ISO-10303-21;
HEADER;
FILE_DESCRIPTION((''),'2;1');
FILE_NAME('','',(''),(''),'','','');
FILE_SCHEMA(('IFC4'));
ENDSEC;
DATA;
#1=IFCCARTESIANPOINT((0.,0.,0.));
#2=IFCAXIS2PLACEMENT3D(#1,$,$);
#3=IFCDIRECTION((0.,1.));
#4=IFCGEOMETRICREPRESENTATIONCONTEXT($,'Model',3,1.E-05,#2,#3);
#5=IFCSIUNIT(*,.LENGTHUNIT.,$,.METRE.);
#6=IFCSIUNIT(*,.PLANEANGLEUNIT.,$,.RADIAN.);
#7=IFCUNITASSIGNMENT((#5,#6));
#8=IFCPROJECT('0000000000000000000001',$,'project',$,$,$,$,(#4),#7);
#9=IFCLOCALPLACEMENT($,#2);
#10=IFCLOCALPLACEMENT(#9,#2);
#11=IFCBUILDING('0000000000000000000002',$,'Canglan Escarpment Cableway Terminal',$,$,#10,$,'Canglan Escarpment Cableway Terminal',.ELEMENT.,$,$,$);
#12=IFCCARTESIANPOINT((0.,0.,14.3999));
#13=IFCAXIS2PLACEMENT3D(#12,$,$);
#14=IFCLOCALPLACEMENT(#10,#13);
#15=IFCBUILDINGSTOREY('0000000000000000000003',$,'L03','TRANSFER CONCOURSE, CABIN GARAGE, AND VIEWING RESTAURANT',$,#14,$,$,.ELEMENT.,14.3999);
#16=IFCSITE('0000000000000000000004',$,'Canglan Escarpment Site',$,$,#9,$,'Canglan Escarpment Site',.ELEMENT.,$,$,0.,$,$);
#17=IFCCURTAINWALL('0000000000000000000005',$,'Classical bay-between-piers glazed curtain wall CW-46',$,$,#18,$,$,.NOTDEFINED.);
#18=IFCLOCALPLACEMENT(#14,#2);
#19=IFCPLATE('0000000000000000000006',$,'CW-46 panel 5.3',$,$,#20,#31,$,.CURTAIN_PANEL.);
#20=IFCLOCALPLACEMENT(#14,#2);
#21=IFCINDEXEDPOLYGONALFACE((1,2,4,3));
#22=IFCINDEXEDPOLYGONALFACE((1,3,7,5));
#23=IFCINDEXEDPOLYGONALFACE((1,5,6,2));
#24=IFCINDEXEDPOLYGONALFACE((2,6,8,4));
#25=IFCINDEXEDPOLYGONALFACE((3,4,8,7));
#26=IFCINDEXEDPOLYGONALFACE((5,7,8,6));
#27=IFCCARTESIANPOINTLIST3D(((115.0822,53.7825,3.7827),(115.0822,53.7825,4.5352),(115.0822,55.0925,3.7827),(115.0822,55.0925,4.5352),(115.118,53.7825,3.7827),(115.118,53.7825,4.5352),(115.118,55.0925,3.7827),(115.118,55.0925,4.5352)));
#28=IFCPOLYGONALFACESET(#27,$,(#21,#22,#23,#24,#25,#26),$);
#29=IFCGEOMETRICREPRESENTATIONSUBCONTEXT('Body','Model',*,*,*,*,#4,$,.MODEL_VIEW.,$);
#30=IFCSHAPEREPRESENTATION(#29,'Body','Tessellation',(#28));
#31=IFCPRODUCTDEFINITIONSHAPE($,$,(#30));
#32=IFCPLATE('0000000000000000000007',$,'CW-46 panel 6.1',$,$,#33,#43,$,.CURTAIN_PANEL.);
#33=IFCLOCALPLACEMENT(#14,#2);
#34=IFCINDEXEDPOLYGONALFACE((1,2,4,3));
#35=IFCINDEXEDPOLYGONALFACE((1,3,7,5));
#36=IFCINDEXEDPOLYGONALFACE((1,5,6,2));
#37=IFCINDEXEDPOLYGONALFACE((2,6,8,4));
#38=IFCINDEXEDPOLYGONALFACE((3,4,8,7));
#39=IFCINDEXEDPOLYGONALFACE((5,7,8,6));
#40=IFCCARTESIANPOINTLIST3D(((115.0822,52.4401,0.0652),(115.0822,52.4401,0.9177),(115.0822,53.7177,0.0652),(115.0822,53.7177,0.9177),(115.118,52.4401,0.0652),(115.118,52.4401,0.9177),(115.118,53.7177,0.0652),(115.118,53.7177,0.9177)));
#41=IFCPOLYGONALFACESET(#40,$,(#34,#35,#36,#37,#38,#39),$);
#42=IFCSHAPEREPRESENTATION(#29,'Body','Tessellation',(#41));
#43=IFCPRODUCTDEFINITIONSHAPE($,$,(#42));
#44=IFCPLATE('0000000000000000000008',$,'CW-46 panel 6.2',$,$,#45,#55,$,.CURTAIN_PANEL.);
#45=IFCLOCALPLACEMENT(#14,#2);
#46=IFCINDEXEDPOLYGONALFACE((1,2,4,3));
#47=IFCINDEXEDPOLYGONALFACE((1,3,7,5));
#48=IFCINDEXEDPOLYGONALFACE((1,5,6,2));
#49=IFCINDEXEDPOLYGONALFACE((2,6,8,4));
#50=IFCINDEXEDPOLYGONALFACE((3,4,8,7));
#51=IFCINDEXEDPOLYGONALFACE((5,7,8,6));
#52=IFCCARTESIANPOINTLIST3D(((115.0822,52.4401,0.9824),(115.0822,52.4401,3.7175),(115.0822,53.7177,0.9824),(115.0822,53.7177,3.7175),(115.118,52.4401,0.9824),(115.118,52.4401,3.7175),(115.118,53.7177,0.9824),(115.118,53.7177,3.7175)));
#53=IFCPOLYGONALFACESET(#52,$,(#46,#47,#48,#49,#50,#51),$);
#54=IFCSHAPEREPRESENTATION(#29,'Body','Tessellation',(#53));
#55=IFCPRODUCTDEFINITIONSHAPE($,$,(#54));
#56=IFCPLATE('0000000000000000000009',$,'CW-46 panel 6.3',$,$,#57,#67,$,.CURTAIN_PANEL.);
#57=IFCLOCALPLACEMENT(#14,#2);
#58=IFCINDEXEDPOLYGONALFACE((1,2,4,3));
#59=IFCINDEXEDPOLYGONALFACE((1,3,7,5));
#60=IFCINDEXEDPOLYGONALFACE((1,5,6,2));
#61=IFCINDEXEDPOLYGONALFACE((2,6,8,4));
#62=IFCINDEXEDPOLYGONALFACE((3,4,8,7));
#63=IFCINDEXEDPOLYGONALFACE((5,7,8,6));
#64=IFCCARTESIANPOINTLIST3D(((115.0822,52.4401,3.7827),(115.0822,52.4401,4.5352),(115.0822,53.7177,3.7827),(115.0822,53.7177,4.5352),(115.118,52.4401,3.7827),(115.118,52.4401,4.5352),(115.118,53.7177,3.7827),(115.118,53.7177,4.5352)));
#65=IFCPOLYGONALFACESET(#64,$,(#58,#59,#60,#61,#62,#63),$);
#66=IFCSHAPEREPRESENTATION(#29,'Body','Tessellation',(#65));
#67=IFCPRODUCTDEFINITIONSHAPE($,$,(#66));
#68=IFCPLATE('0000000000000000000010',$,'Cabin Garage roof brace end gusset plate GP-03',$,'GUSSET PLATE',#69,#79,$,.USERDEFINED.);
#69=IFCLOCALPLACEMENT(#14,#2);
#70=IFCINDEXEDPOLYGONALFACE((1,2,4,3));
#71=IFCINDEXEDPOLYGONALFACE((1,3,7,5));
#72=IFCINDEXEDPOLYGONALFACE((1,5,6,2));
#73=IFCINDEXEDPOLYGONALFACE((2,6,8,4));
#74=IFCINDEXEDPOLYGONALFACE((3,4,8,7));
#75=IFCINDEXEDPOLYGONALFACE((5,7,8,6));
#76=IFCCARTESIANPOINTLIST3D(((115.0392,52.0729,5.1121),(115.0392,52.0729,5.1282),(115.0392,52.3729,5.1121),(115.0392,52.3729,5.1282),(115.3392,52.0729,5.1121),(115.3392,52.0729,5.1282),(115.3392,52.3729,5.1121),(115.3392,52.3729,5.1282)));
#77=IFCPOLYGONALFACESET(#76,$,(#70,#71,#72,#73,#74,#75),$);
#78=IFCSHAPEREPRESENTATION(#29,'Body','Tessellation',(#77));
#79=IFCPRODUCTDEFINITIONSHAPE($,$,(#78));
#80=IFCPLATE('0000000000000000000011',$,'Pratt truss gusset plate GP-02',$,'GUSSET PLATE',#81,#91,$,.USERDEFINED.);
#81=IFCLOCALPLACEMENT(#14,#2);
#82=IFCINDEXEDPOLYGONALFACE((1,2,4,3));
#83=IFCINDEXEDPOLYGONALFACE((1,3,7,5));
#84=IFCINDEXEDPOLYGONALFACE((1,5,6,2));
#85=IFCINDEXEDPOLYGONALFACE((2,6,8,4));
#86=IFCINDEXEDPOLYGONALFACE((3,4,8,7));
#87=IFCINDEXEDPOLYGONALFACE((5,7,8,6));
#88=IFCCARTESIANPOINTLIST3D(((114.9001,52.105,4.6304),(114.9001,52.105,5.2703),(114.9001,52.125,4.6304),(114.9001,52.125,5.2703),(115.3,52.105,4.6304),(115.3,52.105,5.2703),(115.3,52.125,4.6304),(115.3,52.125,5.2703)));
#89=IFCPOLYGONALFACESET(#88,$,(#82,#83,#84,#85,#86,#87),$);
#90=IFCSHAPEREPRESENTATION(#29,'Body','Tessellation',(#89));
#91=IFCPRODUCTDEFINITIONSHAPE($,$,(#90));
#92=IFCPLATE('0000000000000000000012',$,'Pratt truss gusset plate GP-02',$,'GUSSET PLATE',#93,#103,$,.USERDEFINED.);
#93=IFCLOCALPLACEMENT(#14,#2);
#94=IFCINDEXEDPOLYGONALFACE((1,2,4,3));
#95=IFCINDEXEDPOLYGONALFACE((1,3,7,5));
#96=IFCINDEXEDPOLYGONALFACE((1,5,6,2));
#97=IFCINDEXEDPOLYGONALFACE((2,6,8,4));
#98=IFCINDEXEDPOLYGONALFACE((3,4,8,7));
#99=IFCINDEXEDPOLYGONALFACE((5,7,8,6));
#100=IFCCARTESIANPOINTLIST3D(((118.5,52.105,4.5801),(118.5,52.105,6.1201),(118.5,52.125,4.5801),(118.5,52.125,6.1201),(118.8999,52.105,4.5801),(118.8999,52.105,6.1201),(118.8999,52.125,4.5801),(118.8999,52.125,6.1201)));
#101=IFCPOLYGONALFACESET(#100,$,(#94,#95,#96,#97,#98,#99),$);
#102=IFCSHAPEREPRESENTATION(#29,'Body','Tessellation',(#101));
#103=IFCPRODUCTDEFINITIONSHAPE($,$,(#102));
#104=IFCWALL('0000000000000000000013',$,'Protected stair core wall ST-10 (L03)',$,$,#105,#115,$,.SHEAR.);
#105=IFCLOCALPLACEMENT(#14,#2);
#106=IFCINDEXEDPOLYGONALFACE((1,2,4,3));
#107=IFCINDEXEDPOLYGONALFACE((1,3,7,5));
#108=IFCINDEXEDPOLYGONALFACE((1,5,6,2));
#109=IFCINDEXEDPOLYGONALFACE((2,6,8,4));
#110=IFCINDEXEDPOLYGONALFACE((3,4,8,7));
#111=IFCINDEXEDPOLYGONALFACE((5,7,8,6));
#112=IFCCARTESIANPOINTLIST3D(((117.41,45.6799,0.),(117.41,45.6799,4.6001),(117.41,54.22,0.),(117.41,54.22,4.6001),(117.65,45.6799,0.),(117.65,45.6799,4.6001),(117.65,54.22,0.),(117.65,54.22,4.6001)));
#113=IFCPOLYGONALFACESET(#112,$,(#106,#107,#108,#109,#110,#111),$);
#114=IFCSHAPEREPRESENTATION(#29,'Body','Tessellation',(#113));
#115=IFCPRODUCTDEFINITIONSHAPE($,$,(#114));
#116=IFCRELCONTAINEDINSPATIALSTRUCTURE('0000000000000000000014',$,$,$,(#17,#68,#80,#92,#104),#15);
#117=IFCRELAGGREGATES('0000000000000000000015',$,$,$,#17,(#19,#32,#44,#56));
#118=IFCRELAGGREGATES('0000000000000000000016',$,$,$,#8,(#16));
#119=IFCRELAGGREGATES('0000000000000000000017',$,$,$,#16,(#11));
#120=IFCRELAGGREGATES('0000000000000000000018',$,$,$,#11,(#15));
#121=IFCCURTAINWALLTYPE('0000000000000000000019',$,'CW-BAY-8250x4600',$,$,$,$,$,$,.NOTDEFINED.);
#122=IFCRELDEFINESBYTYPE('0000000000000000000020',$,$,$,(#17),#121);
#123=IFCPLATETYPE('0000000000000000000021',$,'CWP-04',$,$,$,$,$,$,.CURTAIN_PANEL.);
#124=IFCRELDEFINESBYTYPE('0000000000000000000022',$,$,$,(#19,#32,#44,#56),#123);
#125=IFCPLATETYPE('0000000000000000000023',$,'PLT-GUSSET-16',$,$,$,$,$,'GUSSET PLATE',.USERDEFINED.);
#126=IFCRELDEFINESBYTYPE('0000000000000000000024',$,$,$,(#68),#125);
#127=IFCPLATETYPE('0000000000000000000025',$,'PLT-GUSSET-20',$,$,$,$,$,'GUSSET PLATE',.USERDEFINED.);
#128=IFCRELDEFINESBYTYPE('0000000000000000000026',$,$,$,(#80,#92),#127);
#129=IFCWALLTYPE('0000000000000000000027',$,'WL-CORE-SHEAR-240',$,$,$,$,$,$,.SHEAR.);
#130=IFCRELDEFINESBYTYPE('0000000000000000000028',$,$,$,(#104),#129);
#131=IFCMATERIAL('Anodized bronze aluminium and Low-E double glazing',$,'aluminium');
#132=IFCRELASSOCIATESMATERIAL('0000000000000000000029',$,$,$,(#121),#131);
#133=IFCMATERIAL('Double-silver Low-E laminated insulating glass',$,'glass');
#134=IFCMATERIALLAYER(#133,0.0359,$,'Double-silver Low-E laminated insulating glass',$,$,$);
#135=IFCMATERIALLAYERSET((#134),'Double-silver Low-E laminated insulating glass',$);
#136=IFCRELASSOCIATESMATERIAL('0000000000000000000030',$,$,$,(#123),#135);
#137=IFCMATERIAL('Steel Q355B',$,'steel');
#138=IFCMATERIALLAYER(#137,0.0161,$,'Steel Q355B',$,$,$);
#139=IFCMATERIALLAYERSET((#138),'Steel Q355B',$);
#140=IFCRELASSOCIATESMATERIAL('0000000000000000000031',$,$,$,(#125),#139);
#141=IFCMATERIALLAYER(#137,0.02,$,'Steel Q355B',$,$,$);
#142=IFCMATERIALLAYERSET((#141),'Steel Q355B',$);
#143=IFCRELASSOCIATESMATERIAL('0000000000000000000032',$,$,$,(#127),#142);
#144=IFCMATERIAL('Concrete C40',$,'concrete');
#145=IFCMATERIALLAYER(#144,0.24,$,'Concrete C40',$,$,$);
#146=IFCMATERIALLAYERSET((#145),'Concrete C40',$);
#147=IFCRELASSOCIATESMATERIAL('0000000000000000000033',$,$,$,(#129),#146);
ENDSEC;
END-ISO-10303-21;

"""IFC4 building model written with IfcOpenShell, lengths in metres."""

from ifc_helpers import new_model, si_unit, direction, frame, frame_2d, origin, origin_2d, place, context, subcontext, project, spatial, rectangle, extrude, material, layer, layer_set, type_object, element, aggregate, save


model = new_model("IFC4")

# Units and contexts
model_context = context("Model", 3, precision=1e-05, world=origin(), true_north=direction((0.0, 1.0)))
body_context = subcontext(model_context, "Body", "Model", "MODEL_VIEW")
ifc_project = project(units=[si_unit("LENGTHUNIT", "METRE"), si_unit("PLANEANGLEUNIT", "RADIAN")], contexts=[model_context])

# Site, building, storey
site_placement = place(None, origin())
site = spatial("IfcSite", under=ifc_project, at=site_placement, Name="Canglan Escarpment Site", LongName="Canglan Escarpment Site", CompositionType="ELEMENT", RefElevation=0.0)
building_placement = place(site_placement, origin())
building = spatial("IfcBuilding", under=site, at=building_placement, Name="Canglan Escarpment Cableway Terminal", LongName="Canglan Escarpment Cableway Terminal", CompositionType="ELEMENT")
storey_placement = place(building_placement, frame((0.0, 0.0, 14.3999)))
storey = spatial("IfcBuildingStorey", under=building, at=storey_placement, Name="L03", Description="TRANSFER CONCOURSE, CABIN GARAGE, AND VIEWING RESTAURANT", CompositionType="ELEMENT", Elevation=14.3999)

# Curtain wall
ifc_material_1 = material(Name="Anodized bronze aluminium and Low-E double glazing", Category="aluminium")
curtain_wall_type = type_object("IfcCurtainWallType", Name="CW-BAY-8250x4600", PredefinedType="NOTDEFINED", material=ifc_material_1)
curtain_wall_placement = place(storey_placement, origin())
curtain_wall = element("IfcCurtainWall", 1, at=curtain_wall_placement, inside=storey, type_object=curtain_wall_type, Name="Classical bay-between-piers glazed curtain wall CW-46", PredefinedType="NOTDEFINED")

# Shared definitions
ifc_material_2 = material(Name="Steel Q355B", Category="steel")

# Plates
ifc_material_3 = material(Name="Double-silver Low-E laminated insulating glass", Category="glass")
ifc_layer_1 = layer(ifc_material_3, 0.0359, Name="Double-silver Low-E laminated insulating glass")
ifc_layer_set_1 = layer_set([ifc_layer_1], Name="Double-silver Low-E laminated insulating glass")
plate_type_1 = type_object("IfcPlateType", Name="CWP-04", PredefinedType="CURTAIN_PANEL", material=ifc_layer_set_1)
plate_1_placement = place(storey_placement, frame((115.1001, 54.4375, 3.7827), z_axis=(0.0, 0.0, 1.0), x_axis=(0.0, -1.0, 0.0)))
plate_1 = element("IfcPlate", 2, at=plate_1_placement, type_object=plate_type_1, Name="CW-46 panel 5.3", PredefinedType="CURTAIN_PANEL", context=body_context, shape_type="SweptSolid", body=[
    extrude(rectangle(XDim=1.3101, YDim=0.0359, at=origin_2d()), origin(), (0.0, 0.0, 1.0), 0.7524),
])
plate_2_placement = place(storey_placement, frame((115.1001, 53.0789, 0.0652), z_axis=(0.0, 0.0, 1.0), x_axis=(0.0, -1.0, 0.0)))
plate_2 = element("IfcPlate", 3, at=plate_2_placement, type_object=plate_type_1, Name="CW-46 panel 6.1", PredefinedType="CURTAIN_PANEL", context=body_context, shape_type="SweptSolid", body=[
    extrude(rectangle(XDim=1.2776, YDim=0.0359, at=origin_2d()), origin(), (0.0, 0.0, 1.0), 0.8525),
])
plate_3_placement = place(storey_placement, frame((115.1001, 53.0789, 0.9824), z_axis=(0.0, 0.0, 1.0), x_axis=(0.0, -1.0, 0.0)))
plate_3 = element("IfcPlate", 4, at=plate_3_placement, type_object=plate_type_1, Name="CW-46 panel 6.2", PredefinedType="CURTAIN_PANEL", context=body_context, shape_type="SweptSolid", body=[
    extrude(rectangle(XDim=1.2776, YDim=0.0359, at=origin_2d()), origin(), (0.0, 0.0, 1.0), 2.7351),
])
plate_4_placement = place(storey_placement, frame((115.1001, 53.0789, 3.7827), z_axis=(0.0, 0.0, 1.0), x_axis=(0.0, -1.0, 0.0)))
plate_4 = element("IfcPlate", 5, at=plate_4_placement, type_object=plate_type_1, Name="CW-46 panel 6.3", PredefinedType="CURTAIN_PANEL", context=body_context, shape_type="SweptSolid", body=[
    extrude(rectangle(XDim=1.2776, YDim=0.0359, at=origin_2d()), origin(), (0.0, 0.0, 1.0), 0.7524),
])
aggregate(curtain_wall, [plate_1, plate_2, plate_3, plate_4])

# Plates
ifc_layer_2 = layer(ifc_material_2, 0.0161, Name="Steel Q355B")
ifc_layer_set_2 = layer_set([ifc_layer_2], Name="Steel Q355B")
plate_type_2 = type_object("IfcPlateType", Name="PLT-GUSSET-16", ElementType="GUSSET PLATE", PredefinedType="USERDEFINED", material=ifc_layer_set_2)
plate_5_placement = place(storey_placement, frame((115.1892, 52.2229, 5.1121), z_axis=(0.0, 0.0, 1.0), x_axis=(1.0, 0.0, 0.0)))
element("IfcPlate", 6, at=plate_5_placement, inside=storey, type_object=plate_type_2, Name="Cabin Garage roof brace end gusset plate GP-03", ObjectType="GUSSET PLATE", PredefinedType="USERDEFINED", context=body_context, shape_type="SweptSolid", body=[
    extrude(rectangle(XDim=0.3, YDim=0.3, at=origin_2d()), origin(), (0.0, 0.0, 1.0), 0.0161),
])
ifc_layer_3 = layer(ifc_material_2, 0.02, Name="Steel Q355B")
ifc_layer_set_3 = layer_set([ifc_layer_3], Name="Steel Q355B")
plate_type_3 = type_object("IfcPlateType", Name="PLT-GUSSET-20", ElementType="GUSSET PLATE", PredefinedType="USERDEFINED", material=ifc_layer_set_3)
plate_6_placement = place(storey_placement, frame((115.1001, 52.115, 4.6304), z_axis=(0.0, 0.0, 1.0), x_axis=(1.0, 0.0, 0.0)))
element("IfcPlate", 7, at=plate_6_placement, inside=storey, type_object=plate_type_3, Name="Pratt truss gusset plate GP-02", ObjectType="GUSSET PLATE", PredefinedType="USERDEFINED", context=body_context, shape_type="SweptSolid", body=[
    extrude(rectangle(XDim=0.3999, YDim=0.02, at=origin_2d()), origin(), (0.0, 0.0, 1.0), 0.6399),
])
plate_7_placement = place(storey_placement, frame((118.7, 52.115, 4.5801), z_axis=(0.0, 0.0, 1.0), x_axis=(1.0, 0.0, 0.0)))
element("IfcPlate", 8, at=plate_7_placement, inside=storey, type_object=plate_type_3, Name="Pratt truss gusset plate GP-02", ObjectType="GUSSET PLATE", PredefinedType="USERDEFINED", context=body_context, shape_type="SweptSolid", body=[
    extrude(rectangle(XDim=0.3999, YDim=0.02, at=origin_2d()), origin(), (0.0, 0.0, 1.0), 1.54),
])

# Wall
ifc_material_4 = material(Name="Concrete C40", Category="concrete")
ifc_layer_4 = layer(ifc_material_4, 0.24, Name="Concrete C40")
ifc_layer_set_4 = layer_set([ifc_layer_4], Name="Concrete C40")
wall_type = type_object("IfcWallType", Name="WL-CORE-SHEAR-240", PredefinedType="SHEAR", material=ifc_layer_set_4)
wall_placement = place(storey_placement, frame((117.53, 54.22, 0.0), z_axis=(0.0, 0.0, 1.0), x_axis=(0.0, -1.0, 0.0)))
element("IfcWall", 9, at=wall_placement, inside=storey, type_object=wall_type, Name="Protected stair core wall ST-10 (L03)", PredefinedType="SHEAR", context=body_context, shape_type="SweptSolid", body=[
    extrude(rectangle(XDim=8.54, YDim=0.24, at=frame_2d((4.27, 0.0))), origin(), (0.0, 0.0, 1.0), 4.6001),
])

save(model, "model.ifc")
